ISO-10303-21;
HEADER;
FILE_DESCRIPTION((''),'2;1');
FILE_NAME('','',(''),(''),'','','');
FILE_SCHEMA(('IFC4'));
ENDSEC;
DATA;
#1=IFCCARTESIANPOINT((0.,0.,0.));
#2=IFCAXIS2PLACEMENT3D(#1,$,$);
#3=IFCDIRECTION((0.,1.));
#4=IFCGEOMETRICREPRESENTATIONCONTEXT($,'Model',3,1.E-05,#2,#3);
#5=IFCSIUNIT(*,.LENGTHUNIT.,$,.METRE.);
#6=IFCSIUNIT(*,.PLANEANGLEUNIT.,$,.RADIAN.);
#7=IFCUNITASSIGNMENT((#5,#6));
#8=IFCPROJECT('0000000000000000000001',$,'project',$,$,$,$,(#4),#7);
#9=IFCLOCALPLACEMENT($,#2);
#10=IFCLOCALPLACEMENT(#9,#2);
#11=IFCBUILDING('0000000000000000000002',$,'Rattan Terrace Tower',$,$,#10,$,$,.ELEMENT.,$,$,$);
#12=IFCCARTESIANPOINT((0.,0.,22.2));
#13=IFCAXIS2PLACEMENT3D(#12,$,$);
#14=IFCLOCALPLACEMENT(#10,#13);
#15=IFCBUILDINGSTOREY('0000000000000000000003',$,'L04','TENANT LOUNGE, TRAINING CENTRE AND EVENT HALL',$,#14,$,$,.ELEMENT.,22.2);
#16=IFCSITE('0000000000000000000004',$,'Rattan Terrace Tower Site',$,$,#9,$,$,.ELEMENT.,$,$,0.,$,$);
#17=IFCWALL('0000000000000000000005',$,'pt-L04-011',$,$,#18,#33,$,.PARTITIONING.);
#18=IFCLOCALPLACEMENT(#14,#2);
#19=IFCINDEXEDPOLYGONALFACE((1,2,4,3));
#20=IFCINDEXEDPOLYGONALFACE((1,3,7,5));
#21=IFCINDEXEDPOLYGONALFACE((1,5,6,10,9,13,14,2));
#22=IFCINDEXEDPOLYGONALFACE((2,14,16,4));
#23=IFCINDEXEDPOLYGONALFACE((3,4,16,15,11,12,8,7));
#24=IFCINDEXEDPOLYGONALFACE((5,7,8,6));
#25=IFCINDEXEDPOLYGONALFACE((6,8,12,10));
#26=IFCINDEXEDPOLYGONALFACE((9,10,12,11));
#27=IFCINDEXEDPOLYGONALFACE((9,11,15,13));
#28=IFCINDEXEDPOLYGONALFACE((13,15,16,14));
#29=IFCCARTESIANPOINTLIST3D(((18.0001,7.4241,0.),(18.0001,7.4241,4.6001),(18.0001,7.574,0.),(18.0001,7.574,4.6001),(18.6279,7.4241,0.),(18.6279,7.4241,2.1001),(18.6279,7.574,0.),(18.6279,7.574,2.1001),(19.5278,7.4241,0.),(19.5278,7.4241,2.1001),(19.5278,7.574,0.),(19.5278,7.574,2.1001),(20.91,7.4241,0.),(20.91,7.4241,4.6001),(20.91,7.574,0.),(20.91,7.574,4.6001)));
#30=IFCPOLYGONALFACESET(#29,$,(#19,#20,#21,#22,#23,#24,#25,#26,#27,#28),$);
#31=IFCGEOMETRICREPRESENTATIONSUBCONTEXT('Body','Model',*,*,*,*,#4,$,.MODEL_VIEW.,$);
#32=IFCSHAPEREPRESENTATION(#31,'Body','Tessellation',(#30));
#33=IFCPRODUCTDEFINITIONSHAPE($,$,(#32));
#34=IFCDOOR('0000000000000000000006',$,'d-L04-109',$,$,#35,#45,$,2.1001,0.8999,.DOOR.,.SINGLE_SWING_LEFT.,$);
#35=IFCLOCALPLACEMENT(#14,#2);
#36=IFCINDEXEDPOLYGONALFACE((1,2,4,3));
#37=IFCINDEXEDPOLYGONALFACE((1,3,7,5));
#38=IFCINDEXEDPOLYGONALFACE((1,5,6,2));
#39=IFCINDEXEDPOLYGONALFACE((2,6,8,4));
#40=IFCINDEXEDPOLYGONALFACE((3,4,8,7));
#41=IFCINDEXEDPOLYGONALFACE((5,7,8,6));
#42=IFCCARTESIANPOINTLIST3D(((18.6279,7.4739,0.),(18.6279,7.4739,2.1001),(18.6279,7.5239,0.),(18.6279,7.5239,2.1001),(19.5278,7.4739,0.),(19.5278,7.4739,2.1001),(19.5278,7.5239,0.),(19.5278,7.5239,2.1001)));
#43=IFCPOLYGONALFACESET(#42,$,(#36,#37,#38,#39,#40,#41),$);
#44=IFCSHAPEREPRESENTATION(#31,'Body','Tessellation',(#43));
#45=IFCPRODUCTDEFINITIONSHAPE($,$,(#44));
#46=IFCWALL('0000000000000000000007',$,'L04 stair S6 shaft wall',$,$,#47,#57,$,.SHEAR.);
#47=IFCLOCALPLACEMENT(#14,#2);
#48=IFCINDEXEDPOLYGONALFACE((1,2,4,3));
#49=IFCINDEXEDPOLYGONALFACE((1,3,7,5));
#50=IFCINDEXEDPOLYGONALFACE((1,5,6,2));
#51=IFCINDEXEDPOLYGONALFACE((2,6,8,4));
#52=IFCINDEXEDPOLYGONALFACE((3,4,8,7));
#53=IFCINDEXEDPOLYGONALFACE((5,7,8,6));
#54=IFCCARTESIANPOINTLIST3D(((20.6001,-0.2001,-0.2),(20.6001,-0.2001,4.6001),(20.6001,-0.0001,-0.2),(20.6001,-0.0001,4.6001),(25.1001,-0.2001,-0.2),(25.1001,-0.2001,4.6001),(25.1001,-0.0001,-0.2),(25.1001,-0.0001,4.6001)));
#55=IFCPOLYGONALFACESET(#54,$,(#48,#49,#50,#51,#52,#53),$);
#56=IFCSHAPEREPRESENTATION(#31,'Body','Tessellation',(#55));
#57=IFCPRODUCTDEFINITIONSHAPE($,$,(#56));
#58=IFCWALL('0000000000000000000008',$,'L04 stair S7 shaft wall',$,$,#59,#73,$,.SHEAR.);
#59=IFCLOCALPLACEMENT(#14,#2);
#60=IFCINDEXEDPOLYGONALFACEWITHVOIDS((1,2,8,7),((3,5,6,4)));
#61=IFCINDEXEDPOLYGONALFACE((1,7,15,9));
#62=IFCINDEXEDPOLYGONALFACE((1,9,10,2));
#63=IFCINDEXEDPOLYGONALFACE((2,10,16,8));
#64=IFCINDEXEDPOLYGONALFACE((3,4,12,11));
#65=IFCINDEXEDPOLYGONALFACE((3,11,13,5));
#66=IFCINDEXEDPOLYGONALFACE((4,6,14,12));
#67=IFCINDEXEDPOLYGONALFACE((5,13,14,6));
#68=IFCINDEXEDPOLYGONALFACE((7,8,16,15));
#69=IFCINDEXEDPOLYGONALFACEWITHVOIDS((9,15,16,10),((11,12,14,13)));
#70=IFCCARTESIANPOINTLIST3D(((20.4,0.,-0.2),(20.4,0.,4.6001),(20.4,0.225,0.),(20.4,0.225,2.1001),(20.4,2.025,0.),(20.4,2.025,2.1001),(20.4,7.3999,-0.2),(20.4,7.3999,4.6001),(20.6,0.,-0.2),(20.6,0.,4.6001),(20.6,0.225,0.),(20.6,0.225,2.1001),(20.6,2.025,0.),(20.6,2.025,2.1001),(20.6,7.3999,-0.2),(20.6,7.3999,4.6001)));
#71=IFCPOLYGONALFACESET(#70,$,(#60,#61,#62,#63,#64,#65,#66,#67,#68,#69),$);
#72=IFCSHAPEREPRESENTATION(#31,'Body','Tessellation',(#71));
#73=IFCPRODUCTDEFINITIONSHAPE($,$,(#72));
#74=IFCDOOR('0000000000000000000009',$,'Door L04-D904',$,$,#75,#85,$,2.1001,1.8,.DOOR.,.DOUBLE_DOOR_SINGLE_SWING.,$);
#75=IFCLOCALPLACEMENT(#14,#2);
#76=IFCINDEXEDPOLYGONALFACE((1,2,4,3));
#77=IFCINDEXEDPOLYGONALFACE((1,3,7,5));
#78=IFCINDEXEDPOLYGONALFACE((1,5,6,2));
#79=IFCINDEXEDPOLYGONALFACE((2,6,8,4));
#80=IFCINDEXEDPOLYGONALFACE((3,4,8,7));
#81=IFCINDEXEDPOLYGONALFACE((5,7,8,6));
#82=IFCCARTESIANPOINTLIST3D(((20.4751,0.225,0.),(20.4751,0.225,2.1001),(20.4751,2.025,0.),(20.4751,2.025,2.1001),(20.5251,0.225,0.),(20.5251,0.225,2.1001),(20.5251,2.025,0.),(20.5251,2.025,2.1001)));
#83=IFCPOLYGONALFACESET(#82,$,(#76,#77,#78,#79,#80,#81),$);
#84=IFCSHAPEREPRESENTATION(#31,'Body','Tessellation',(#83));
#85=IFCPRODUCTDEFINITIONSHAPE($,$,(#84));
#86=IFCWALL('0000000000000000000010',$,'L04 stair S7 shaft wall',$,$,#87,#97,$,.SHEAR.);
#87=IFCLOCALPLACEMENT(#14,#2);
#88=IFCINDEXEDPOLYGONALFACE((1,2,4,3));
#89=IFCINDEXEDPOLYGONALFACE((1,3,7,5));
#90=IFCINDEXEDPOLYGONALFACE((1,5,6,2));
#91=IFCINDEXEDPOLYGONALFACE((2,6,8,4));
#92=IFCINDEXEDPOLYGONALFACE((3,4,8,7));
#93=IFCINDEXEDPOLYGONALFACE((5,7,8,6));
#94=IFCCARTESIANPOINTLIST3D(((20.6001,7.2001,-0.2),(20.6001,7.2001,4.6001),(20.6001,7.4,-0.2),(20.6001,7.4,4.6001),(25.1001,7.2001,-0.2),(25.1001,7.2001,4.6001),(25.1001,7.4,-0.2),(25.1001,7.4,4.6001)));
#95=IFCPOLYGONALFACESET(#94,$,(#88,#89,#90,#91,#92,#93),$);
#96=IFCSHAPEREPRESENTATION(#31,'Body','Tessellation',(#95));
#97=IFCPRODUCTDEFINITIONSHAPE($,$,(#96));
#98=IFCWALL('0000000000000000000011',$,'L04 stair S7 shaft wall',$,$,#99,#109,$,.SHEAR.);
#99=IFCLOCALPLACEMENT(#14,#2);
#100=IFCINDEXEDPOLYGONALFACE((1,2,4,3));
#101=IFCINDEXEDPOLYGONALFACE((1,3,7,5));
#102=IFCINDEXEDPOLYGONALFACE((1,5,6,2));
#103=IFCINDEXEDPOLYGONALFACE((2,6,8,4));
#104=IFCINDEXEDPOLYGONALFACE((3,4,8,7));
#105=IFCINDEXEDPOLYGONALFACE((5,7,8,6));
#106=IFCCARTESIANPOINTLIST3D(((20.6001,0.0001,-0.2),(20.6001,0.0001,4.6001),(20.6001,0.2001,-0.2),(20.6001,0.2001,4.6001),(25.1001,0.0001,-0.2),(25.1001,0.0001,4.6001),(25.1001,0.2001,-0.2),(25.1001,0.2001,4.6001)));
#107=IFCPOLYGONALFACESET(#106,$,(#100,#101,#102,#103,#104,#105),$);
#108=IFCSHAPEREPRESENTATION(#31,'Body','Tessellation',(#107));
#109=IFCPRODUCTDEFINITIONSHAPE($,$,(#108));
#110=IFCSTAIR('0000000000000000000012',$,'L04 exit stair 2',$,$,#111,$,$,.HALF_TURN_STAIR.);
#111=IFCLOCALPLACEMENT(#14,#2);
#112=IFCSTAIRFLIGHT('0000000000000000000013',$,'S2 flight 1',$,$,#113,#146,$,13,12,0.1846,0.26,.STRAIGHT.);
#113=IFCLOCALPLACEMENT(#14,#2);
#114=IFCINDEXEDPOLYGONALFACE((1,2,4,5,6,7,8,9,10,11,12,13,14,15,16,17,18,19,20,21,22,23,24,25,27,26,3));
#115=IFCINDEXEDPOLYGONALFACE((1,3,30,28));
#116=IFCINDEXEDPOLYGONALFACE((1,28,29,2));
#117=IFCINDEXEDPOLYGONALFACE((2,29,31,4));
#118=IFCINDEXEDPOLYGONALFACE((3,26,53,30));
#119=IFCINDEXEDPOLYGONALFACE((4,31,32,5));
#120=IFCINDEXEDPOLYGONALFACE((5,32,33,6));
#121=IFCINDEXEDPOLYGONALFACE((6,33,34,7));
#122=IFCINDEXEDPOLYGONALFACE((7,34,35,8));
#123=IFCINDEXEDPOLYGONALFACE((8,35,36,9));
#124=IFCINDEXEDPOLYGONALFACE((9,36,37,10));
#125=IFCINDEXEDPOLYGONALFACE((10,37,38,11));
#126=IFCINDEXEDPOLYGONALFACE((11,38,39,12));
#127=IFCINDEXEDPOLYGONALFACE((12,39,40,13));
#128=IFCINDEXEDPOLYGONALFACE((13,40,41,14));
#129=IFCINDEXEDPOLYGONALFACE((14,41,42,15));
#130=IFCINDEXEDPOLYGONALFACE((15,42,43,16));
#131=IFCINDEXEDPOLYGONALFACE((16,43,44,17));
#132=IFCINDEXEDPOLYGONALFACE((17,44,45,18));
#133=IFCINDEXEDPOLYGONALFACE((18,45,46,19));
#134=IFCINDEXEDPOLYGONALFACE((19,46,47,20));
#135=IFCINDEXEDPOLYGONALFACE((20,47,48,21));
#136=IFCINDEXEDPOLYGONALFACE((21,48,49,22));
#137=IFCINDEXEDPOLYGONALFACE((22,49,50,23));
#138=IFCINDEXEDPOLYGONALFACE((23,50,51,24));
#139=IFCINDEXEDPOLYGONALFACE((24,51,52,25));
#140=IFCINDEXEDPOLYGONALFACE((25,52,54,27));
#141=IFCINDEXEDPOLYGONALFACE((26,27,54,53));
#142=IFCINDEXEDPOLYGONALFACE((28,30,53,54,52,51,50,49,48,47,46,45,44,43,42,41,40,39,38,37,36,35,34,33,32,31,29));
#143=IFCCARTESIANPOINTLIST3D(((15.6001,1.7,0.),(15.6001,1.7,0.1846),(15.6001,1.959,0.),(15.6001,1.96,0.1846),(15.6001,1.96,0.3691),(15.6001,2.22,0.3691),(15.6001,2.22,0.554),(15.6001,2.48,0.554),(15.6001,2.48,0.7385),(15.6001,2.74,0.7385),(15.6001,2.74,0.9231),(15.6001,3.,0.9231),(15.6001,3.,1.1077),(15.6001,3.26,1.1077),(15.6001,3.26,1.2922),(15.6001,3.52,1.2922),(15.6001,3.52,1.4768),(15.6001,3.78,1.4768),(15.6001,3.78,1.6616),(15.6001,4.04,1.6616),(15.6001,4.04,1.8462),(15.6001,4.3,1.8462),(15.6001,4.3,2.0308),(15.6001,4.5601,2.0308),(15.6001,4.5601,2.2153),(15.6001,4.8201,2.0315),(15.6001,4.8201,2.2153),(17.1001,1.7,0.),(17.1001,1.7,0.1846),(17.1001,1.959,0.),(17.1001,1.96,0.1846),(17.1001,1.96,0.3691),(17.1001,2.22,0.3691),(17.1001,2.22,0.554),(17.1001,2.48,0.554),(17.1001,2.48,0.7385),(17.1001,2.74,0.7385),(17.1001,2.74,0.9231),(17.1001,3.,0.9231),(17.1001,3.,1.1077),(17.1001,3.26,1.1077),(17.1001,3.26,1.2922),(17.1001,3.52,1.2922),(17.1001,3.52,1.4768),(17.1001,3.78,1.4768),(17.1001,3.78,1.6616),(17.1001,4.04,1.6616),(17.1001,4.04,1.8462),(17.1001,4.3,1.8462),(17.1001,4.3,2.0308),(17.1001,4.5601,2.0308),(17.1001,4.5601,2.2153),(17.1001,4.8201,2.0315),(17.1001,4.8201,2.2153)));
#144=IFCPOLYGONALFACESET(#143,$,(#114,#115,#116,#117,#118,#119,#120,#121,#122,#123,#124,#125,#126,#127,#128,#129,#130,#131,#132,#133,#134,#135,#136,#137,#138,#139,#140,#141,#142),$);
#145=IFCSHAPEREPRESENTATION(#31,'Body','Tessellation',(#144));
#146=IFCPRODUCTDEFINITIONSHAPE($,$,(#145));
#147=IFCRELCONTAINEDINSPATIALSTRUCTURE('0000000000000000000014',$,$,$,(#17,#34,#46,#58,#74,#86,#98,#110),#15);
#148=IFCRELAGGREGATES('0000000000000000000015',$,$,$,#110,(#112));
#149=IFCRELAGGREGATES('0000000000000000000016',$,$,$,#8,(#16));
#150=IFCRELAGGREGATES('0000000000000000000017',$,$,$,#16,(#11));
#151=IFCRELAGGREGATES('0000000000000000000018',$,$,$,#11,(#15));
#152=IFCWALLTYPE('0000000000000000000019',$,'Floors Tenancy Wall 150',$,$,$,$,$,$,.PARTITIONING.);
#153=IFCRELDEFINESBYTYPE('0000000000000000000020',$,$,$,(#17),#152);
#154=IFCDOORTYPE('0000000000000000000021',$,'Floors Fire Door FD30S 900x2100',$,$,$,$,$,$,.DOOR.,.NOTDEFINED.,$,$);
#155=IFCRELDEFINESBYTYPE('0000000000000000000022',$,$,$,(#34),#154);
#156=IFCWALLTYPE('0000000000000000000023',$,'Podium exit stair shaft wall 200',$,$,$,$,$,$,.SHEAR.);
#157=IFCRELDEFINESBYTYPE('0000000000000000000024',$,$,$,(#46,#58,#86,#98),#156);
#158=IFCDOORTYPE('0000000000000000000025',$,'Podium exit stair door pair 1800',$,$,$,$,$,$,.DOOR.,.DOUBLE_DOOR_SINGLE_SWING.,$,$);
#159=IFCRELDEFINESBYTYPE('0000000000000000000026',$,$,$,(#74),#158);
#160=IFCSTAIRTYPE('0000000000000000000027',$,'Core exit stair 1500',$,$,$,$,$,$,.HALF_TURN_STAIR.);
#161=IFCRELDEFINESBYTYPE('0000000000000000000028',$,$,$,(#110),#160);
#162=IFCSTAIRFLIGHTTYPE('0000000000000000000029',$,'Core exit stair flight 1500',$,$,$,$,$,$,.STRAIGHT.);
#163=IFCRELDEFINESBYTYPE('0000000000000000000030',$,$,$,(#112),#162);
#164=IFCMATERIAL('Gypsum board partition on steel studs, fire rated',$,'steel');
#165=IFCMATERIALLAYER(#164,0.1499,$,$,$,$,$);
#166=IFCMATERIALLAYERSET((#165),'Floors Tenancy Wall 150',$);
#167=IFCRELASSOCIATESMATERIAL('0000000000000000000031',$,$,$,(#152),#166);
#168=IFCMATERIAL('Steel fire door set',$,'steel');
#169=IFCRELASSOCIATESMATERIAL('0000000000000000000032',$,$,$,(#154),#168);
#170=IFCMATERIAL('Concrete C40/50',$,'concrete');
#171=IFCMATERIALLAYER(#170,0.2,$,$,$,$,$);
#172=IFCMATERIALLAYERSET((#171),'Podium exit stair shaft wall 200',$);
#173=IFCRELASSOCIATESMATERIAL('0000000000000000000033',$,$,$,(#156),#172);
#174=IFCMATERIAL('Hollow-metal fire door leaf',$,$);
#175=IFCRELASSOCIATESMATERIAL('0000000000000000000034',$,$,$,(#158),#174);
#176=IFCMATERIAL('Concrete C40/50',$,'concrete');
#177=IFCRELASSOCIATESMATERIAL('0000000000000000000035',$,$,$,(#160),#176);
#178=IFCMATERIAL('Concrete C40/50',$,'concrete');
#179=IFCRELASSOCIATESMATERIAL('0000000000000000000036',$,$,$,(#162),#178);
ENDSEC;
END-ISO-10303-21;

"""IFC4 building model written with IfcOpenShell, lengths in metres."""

from ifc_helpers import new_model, si_unit, direction, frame, frame_2d, origin, place, context, subcontext, project, spatial, polyline, rectangle, outline, extrude, material, layer, layer_set, type_object, element, fill, aggregate, save


model = new_model("IFC4")

# Units and contexts
model_context = context("Model", 3, precision=1e-05, world=origin(), true_north=direction((0.0, 1.0)))
body_context = subcontext(model_context, "Body", "Model", "MODEL_VIEW")
ifc_project = project(units=[si_unit("LENGTHUNIT", "METRE"), si_unit("PLANEANGLEUNIT", "RADIAN")], contexts=[model_context])

# Site, building, storey
site_placement = place(None, origin())
site = spatial("IfcSite", under=ifc_project, at=site_placement, Name="Rattan Terrace Tower Site", CompositionType="ELEMENT", RefElevation=0.0)
building_placement = place(site_placement, origin())
building = spatial("IfcBuilding", under=site, at=building_placement, Name="Rattan Terrace Tower", CompositionType="ELEMENT")
storey_placement = place(building_placement, frame((0.0, 0.0, 22.2)))
storey = spatial("IfcBuildingStorey", under=building, at=storey_placement, Name="L04", Description="TENANT LOUNGE, TRAINING CENTRE AND EVENT HALL", CompositionType="ELEMENT", Elevation=22.2)

# Wall, opening, door
ifc_material_1 = material(Name="Gypsum board partition on steel studs, fire rated", Category="steel")
ifc_layer_1 = layer(ifc_material_1, 0.1499)
ifc_layer_set_1 = layer_set([ifc_layer_1], Name="Floors Tenancy Wall 150")
wall_type_1 = type_object("IfcWallType", Name="Floors Tenancy Wall 150", PredefinedType="PARTITIONING", material=ifc_layer_set_1)
wall_1_placement = place(storey_placement, frame((18.0, 7.499, 0.0), z_axis=(0.0, 0.0, 1.0), x_axis=(1.0, 0.0, 0.0)))
wall_1 = element("IfcWall", 1, at=wall_1_placement, inside=storey, type_object=wall_type_1, Name="pt-L04-011", PredefinedType="PARTITIONING", context=body_context, shape_type="SweptSolid", body=[
    extrude(rectangle(XDim=2.9099, YDim=0.1499, at=frame_2d((1.4551, 0.0))), origin(), (0.0, 0.0, 1.0), 4.6001),
])
opening_1_placement = place(wall_1_placement, frame((0.6279, 0.0, 0.0)))
opening_1 = element("IfcOpeningElement", 2, at=opening_1_placement, cuts=wall_1, PredefinedType="OPENING", context=body_context, shape_type="SweptSolid", body=[
    extrude(rectangle(XDim=0.8999, YDim=2.1001, at=frame_2d((0.45, 1.05))), frame((0.0, 0.0854, 0.0), z_axis=(0.0, -1.0, 0.0), x_axis=(1.0, 0.0, 0.0)), (0.0, 0.0, 1.0), 0.1709),
])
ifc_material_2 = material(Name="Steel fire door set", Category="steel")
door_type_1 = type_object("IfcDoorType", Name="Floors Fire Door FD30S 900x2100", OperationType="NOTDEFINED", PredefinedType="DOOR", material=ifc_material_2)
door_1_placement = place(opening_1_placement, origin())
door_1 = element("IfcDoor", 3, at=door_1_placement, inside=storey, type_object=door_type_1, Name="d-L04-109", OperationType="SINGLE_SWING_LEFT", OverallHeight=2.1001, OverallWidth=0.8999, PredefinedType="DOOR", context=body_context, shape_type="SweptSolid", body=[
    extrude(rectangle(XDim=0.8999, YDim=2.1001, at=frame_2d((0.45, 1.05))), frame((0.0, 0.0249, 0.0), z_axis=(0.0, -1.0, 0.0), x_axis=(1.0, 0.0, 0.0)), (0.0, 0.0, 1.0), 0.05),
])
fill(opening_1, door_1)

# Wall
ifc_material_3 = material(Name="Concrete C40/50", Category="concrete")
ifc_layer_2 = layer(ifc_material_3, 0.2)
ifc_layer_set_2 = layer_set([ifc_layer_2], Name="Podium exit stair shaft wall 200")
wall_type_2 = type_object("IfcWallType", Name="Podium exit stair shaft wall 200", PredefinedType="SHEAR", material=ifc_layer_set_2)
wall_2_placement = place(storey_placement, frame((20.6001, -0.1001, -0.2), z_axis=(0.0, 0.0, 1.0), x_axis=(1.0, 0.0, 0.0)))
element("IfcWall", 4, at=wall_2_placement, inside=storey, type_object=wall_type_2, Name="L04 stair S6 shaft wall", PredefinedType="SHEAR", context=body_context, shape_type="SweptSolid", body=[
    extrude(rectangle(XDim=4.5, YDim=0.2, at=frame_2d((2.25, 0.0))), origin(), (0.0, 0.0, 1.0), 4.8),
])

# Wall, opening, door
wall_3_placement = place(storey_placement, frame((20.5, 0.0, -0.2), z_axis=(0.0, 0.0, 1.0), x_axis=(0.0, 1.0, 0.0)))
wall_3 = element("IfcWall", 5, at=wall_3_placement, inside=storey, type_object=wall_type_2, Name="L04 stair S7 shaft wall", PredefinedType="SHEAR", context=body_context, shape_type="SweptSolid", body=[
    extrude(rectangle(XDim=7.3999, YDim=0.2, at=frame_2d((3.7, 0.0))), origin(), (0.0, 0.0, 1.0), 4.8),
])
opening_2_placement = place(wall_3_placement, frame((0.2251, 0.0, 0.2)))
opening_2 = element("IfcOpeningElement", 6, at=opening_2_placement, cuts=wall_3, PredefinedType="OPENING", context=body_context, shape_type="SweptSolid", body=[
    extrude(rectangle(XDim=1.8, YDim=2.1001, at=frame_2d((0.8999, 1.05))), frame((0.0, 0.1106, 0.0), z_axis=(0.0, -1.0, 0.0), x_axis=(1.0, 0.0, 0.0)), (0.0, 0.0, 1.0), 0.2209),
])
ifc_material_4 = material(Name="Hollow-metal fire door leaf")
door_type_2 = type_object("IfcDoorType", Name="Podium exit stair door pair 1800", OperationType="DOUBLE_DOOR_SINGLE_SWING", PredefinedType="DOOR", material=ifc_material_4)
door_2_placement = place(opening_2_placement, origin())
door_2 = element("IfcDoor", 7, at=door_2_placement, inside=storey, type_object=door_type_2, Name="Door L04-D904", OperationType="DOUBLE_DOOR_SINGLE_SWING", OverallHeight=2.1001, OverallWidth=1.8, PredefinedType="DOOR", context=body_context, shape_type="SweptSolid", body=[
    extrude(rectangle(XDim=1.8, YDim=2.1001, at=frame_2d((0.8999, 1.05))), frame((0.0, 0.0249, 0.0), z_axis=(0.0, -1.0, 0.0), x_axis=(1.0, 0.0, 0.0)), (0.0, 0.0, 1.0), 0.05),
])
fill(opening_2, door_2)

# Walls
for number, where, z_axis, x_axis, name in (
    (8, (20.6001, 7.3, -0.2), (0.0, 0.0, 1.0), (1.0, 0.0, 0.0), "L04 stair S7 shaft wall"),
    (9, (20.6001, 0.1001, -0.2), (0.0, 0.0, 1.0), (1.0, 0.0, 0.0), "L04 stair S7 shaft wall"),
):
    element("IfcWall", number, at=place(storey_placement, frame(where, z_axis=z_axis, x_axis=x_axis)), inside=storey, type_object=wall_type_2, Name=name, PredefinedType="SHEAR", context=body_context, shape_type="SweptSolid", body=[
        extrude(rectangle(XDim=4.5, YDim=0.2, at=frame_2d((2.25, 0.0))), origin(), (0.0, 0.0, 1.0), 4.8),
    ])

# Stair, stair flight
ifc_material_5 = material(Name="Concrete C40/50", Category="concrete")
stair_type_1 = type_object("IfcStairType", Name="Core exit stair 1500", PredefinedType="HALF_TURN_STAIR", material=ifc_material_5)
stair_1_placement = place(storey_placement, origin())
stair_1 = element("IfcStair", 10, at=stair_1_placement, inside=storey, type_object=stair_type_1, Name="L04 exit stair 2", PredefinedType="HALF_TURN_STAIR")
ifc_material_6 = material(Name="Concrete C40/50", Category="concrete")
stair_flight_type_1 = type_object("IfcStairFlightType", Name="Core exit stair flight 1500", PredefinedType="STRAIGHT", material=ifc_material_6)
stair_flight_1_placement = place(storey_placement, frame((16.3501, 1.7, 0.0), z_axis=(0.0, 0.0, 1.0), x_axis=(0.0, 1.0, 0.0)))
stair_flight_1 = element("IfcStairFlight", 11, at=stair_flight_1_placement, type_object=stair_flight_type_1, Name="S2 flight 1", NumberOfRisers=13, NumberOfTreads=12, PredefinedType="STRAIGHT", RiserHeight=0.1846, TreadLength=0.26, context=body_context, shape_type="SweptSolid", body=[
    extrude(outline(polyline([(0.0, 0.0), (0.0, 0.1846), (0.26, 0.1846), (0.26, 0.3691), (0.52, 0.3691), (0.52, 0.554), (0.78, 0.554), (0.78, 0.7385), (1.04, 0.7385), (1.04, 0.9231), (1.3, 0.9231), (1.3, 1.1077), (1.5601, 1.1077), (1.5601, 1.2922), (1.8201, 1.2922), (1.8201, 1.4768), (2.0801, 1.4768), (2.0801, 1.6616), (2.3401, 1.6616), (2.3401, 1.8462), (2.6001, 1.8462), (2.6001, 2.0308), (2.8601, 2.0308), (2.8601, 2.2153), (3.1201, 2.2153), (3.1201, 2.3999), (3.1201, 2.0315), (0.259, 0.0), (0.0, 0.0)])), frame((0.0, 0.75, 0.0), z_axis=(0.0, -1.0, 0.0), x_axis=(1.0, 0.0, 0.0)), (0.0, 0.0, 1.0), 1.5),
])
aggregate(stair_1, [stair_flight_1])

save(model, "model.ifc")
